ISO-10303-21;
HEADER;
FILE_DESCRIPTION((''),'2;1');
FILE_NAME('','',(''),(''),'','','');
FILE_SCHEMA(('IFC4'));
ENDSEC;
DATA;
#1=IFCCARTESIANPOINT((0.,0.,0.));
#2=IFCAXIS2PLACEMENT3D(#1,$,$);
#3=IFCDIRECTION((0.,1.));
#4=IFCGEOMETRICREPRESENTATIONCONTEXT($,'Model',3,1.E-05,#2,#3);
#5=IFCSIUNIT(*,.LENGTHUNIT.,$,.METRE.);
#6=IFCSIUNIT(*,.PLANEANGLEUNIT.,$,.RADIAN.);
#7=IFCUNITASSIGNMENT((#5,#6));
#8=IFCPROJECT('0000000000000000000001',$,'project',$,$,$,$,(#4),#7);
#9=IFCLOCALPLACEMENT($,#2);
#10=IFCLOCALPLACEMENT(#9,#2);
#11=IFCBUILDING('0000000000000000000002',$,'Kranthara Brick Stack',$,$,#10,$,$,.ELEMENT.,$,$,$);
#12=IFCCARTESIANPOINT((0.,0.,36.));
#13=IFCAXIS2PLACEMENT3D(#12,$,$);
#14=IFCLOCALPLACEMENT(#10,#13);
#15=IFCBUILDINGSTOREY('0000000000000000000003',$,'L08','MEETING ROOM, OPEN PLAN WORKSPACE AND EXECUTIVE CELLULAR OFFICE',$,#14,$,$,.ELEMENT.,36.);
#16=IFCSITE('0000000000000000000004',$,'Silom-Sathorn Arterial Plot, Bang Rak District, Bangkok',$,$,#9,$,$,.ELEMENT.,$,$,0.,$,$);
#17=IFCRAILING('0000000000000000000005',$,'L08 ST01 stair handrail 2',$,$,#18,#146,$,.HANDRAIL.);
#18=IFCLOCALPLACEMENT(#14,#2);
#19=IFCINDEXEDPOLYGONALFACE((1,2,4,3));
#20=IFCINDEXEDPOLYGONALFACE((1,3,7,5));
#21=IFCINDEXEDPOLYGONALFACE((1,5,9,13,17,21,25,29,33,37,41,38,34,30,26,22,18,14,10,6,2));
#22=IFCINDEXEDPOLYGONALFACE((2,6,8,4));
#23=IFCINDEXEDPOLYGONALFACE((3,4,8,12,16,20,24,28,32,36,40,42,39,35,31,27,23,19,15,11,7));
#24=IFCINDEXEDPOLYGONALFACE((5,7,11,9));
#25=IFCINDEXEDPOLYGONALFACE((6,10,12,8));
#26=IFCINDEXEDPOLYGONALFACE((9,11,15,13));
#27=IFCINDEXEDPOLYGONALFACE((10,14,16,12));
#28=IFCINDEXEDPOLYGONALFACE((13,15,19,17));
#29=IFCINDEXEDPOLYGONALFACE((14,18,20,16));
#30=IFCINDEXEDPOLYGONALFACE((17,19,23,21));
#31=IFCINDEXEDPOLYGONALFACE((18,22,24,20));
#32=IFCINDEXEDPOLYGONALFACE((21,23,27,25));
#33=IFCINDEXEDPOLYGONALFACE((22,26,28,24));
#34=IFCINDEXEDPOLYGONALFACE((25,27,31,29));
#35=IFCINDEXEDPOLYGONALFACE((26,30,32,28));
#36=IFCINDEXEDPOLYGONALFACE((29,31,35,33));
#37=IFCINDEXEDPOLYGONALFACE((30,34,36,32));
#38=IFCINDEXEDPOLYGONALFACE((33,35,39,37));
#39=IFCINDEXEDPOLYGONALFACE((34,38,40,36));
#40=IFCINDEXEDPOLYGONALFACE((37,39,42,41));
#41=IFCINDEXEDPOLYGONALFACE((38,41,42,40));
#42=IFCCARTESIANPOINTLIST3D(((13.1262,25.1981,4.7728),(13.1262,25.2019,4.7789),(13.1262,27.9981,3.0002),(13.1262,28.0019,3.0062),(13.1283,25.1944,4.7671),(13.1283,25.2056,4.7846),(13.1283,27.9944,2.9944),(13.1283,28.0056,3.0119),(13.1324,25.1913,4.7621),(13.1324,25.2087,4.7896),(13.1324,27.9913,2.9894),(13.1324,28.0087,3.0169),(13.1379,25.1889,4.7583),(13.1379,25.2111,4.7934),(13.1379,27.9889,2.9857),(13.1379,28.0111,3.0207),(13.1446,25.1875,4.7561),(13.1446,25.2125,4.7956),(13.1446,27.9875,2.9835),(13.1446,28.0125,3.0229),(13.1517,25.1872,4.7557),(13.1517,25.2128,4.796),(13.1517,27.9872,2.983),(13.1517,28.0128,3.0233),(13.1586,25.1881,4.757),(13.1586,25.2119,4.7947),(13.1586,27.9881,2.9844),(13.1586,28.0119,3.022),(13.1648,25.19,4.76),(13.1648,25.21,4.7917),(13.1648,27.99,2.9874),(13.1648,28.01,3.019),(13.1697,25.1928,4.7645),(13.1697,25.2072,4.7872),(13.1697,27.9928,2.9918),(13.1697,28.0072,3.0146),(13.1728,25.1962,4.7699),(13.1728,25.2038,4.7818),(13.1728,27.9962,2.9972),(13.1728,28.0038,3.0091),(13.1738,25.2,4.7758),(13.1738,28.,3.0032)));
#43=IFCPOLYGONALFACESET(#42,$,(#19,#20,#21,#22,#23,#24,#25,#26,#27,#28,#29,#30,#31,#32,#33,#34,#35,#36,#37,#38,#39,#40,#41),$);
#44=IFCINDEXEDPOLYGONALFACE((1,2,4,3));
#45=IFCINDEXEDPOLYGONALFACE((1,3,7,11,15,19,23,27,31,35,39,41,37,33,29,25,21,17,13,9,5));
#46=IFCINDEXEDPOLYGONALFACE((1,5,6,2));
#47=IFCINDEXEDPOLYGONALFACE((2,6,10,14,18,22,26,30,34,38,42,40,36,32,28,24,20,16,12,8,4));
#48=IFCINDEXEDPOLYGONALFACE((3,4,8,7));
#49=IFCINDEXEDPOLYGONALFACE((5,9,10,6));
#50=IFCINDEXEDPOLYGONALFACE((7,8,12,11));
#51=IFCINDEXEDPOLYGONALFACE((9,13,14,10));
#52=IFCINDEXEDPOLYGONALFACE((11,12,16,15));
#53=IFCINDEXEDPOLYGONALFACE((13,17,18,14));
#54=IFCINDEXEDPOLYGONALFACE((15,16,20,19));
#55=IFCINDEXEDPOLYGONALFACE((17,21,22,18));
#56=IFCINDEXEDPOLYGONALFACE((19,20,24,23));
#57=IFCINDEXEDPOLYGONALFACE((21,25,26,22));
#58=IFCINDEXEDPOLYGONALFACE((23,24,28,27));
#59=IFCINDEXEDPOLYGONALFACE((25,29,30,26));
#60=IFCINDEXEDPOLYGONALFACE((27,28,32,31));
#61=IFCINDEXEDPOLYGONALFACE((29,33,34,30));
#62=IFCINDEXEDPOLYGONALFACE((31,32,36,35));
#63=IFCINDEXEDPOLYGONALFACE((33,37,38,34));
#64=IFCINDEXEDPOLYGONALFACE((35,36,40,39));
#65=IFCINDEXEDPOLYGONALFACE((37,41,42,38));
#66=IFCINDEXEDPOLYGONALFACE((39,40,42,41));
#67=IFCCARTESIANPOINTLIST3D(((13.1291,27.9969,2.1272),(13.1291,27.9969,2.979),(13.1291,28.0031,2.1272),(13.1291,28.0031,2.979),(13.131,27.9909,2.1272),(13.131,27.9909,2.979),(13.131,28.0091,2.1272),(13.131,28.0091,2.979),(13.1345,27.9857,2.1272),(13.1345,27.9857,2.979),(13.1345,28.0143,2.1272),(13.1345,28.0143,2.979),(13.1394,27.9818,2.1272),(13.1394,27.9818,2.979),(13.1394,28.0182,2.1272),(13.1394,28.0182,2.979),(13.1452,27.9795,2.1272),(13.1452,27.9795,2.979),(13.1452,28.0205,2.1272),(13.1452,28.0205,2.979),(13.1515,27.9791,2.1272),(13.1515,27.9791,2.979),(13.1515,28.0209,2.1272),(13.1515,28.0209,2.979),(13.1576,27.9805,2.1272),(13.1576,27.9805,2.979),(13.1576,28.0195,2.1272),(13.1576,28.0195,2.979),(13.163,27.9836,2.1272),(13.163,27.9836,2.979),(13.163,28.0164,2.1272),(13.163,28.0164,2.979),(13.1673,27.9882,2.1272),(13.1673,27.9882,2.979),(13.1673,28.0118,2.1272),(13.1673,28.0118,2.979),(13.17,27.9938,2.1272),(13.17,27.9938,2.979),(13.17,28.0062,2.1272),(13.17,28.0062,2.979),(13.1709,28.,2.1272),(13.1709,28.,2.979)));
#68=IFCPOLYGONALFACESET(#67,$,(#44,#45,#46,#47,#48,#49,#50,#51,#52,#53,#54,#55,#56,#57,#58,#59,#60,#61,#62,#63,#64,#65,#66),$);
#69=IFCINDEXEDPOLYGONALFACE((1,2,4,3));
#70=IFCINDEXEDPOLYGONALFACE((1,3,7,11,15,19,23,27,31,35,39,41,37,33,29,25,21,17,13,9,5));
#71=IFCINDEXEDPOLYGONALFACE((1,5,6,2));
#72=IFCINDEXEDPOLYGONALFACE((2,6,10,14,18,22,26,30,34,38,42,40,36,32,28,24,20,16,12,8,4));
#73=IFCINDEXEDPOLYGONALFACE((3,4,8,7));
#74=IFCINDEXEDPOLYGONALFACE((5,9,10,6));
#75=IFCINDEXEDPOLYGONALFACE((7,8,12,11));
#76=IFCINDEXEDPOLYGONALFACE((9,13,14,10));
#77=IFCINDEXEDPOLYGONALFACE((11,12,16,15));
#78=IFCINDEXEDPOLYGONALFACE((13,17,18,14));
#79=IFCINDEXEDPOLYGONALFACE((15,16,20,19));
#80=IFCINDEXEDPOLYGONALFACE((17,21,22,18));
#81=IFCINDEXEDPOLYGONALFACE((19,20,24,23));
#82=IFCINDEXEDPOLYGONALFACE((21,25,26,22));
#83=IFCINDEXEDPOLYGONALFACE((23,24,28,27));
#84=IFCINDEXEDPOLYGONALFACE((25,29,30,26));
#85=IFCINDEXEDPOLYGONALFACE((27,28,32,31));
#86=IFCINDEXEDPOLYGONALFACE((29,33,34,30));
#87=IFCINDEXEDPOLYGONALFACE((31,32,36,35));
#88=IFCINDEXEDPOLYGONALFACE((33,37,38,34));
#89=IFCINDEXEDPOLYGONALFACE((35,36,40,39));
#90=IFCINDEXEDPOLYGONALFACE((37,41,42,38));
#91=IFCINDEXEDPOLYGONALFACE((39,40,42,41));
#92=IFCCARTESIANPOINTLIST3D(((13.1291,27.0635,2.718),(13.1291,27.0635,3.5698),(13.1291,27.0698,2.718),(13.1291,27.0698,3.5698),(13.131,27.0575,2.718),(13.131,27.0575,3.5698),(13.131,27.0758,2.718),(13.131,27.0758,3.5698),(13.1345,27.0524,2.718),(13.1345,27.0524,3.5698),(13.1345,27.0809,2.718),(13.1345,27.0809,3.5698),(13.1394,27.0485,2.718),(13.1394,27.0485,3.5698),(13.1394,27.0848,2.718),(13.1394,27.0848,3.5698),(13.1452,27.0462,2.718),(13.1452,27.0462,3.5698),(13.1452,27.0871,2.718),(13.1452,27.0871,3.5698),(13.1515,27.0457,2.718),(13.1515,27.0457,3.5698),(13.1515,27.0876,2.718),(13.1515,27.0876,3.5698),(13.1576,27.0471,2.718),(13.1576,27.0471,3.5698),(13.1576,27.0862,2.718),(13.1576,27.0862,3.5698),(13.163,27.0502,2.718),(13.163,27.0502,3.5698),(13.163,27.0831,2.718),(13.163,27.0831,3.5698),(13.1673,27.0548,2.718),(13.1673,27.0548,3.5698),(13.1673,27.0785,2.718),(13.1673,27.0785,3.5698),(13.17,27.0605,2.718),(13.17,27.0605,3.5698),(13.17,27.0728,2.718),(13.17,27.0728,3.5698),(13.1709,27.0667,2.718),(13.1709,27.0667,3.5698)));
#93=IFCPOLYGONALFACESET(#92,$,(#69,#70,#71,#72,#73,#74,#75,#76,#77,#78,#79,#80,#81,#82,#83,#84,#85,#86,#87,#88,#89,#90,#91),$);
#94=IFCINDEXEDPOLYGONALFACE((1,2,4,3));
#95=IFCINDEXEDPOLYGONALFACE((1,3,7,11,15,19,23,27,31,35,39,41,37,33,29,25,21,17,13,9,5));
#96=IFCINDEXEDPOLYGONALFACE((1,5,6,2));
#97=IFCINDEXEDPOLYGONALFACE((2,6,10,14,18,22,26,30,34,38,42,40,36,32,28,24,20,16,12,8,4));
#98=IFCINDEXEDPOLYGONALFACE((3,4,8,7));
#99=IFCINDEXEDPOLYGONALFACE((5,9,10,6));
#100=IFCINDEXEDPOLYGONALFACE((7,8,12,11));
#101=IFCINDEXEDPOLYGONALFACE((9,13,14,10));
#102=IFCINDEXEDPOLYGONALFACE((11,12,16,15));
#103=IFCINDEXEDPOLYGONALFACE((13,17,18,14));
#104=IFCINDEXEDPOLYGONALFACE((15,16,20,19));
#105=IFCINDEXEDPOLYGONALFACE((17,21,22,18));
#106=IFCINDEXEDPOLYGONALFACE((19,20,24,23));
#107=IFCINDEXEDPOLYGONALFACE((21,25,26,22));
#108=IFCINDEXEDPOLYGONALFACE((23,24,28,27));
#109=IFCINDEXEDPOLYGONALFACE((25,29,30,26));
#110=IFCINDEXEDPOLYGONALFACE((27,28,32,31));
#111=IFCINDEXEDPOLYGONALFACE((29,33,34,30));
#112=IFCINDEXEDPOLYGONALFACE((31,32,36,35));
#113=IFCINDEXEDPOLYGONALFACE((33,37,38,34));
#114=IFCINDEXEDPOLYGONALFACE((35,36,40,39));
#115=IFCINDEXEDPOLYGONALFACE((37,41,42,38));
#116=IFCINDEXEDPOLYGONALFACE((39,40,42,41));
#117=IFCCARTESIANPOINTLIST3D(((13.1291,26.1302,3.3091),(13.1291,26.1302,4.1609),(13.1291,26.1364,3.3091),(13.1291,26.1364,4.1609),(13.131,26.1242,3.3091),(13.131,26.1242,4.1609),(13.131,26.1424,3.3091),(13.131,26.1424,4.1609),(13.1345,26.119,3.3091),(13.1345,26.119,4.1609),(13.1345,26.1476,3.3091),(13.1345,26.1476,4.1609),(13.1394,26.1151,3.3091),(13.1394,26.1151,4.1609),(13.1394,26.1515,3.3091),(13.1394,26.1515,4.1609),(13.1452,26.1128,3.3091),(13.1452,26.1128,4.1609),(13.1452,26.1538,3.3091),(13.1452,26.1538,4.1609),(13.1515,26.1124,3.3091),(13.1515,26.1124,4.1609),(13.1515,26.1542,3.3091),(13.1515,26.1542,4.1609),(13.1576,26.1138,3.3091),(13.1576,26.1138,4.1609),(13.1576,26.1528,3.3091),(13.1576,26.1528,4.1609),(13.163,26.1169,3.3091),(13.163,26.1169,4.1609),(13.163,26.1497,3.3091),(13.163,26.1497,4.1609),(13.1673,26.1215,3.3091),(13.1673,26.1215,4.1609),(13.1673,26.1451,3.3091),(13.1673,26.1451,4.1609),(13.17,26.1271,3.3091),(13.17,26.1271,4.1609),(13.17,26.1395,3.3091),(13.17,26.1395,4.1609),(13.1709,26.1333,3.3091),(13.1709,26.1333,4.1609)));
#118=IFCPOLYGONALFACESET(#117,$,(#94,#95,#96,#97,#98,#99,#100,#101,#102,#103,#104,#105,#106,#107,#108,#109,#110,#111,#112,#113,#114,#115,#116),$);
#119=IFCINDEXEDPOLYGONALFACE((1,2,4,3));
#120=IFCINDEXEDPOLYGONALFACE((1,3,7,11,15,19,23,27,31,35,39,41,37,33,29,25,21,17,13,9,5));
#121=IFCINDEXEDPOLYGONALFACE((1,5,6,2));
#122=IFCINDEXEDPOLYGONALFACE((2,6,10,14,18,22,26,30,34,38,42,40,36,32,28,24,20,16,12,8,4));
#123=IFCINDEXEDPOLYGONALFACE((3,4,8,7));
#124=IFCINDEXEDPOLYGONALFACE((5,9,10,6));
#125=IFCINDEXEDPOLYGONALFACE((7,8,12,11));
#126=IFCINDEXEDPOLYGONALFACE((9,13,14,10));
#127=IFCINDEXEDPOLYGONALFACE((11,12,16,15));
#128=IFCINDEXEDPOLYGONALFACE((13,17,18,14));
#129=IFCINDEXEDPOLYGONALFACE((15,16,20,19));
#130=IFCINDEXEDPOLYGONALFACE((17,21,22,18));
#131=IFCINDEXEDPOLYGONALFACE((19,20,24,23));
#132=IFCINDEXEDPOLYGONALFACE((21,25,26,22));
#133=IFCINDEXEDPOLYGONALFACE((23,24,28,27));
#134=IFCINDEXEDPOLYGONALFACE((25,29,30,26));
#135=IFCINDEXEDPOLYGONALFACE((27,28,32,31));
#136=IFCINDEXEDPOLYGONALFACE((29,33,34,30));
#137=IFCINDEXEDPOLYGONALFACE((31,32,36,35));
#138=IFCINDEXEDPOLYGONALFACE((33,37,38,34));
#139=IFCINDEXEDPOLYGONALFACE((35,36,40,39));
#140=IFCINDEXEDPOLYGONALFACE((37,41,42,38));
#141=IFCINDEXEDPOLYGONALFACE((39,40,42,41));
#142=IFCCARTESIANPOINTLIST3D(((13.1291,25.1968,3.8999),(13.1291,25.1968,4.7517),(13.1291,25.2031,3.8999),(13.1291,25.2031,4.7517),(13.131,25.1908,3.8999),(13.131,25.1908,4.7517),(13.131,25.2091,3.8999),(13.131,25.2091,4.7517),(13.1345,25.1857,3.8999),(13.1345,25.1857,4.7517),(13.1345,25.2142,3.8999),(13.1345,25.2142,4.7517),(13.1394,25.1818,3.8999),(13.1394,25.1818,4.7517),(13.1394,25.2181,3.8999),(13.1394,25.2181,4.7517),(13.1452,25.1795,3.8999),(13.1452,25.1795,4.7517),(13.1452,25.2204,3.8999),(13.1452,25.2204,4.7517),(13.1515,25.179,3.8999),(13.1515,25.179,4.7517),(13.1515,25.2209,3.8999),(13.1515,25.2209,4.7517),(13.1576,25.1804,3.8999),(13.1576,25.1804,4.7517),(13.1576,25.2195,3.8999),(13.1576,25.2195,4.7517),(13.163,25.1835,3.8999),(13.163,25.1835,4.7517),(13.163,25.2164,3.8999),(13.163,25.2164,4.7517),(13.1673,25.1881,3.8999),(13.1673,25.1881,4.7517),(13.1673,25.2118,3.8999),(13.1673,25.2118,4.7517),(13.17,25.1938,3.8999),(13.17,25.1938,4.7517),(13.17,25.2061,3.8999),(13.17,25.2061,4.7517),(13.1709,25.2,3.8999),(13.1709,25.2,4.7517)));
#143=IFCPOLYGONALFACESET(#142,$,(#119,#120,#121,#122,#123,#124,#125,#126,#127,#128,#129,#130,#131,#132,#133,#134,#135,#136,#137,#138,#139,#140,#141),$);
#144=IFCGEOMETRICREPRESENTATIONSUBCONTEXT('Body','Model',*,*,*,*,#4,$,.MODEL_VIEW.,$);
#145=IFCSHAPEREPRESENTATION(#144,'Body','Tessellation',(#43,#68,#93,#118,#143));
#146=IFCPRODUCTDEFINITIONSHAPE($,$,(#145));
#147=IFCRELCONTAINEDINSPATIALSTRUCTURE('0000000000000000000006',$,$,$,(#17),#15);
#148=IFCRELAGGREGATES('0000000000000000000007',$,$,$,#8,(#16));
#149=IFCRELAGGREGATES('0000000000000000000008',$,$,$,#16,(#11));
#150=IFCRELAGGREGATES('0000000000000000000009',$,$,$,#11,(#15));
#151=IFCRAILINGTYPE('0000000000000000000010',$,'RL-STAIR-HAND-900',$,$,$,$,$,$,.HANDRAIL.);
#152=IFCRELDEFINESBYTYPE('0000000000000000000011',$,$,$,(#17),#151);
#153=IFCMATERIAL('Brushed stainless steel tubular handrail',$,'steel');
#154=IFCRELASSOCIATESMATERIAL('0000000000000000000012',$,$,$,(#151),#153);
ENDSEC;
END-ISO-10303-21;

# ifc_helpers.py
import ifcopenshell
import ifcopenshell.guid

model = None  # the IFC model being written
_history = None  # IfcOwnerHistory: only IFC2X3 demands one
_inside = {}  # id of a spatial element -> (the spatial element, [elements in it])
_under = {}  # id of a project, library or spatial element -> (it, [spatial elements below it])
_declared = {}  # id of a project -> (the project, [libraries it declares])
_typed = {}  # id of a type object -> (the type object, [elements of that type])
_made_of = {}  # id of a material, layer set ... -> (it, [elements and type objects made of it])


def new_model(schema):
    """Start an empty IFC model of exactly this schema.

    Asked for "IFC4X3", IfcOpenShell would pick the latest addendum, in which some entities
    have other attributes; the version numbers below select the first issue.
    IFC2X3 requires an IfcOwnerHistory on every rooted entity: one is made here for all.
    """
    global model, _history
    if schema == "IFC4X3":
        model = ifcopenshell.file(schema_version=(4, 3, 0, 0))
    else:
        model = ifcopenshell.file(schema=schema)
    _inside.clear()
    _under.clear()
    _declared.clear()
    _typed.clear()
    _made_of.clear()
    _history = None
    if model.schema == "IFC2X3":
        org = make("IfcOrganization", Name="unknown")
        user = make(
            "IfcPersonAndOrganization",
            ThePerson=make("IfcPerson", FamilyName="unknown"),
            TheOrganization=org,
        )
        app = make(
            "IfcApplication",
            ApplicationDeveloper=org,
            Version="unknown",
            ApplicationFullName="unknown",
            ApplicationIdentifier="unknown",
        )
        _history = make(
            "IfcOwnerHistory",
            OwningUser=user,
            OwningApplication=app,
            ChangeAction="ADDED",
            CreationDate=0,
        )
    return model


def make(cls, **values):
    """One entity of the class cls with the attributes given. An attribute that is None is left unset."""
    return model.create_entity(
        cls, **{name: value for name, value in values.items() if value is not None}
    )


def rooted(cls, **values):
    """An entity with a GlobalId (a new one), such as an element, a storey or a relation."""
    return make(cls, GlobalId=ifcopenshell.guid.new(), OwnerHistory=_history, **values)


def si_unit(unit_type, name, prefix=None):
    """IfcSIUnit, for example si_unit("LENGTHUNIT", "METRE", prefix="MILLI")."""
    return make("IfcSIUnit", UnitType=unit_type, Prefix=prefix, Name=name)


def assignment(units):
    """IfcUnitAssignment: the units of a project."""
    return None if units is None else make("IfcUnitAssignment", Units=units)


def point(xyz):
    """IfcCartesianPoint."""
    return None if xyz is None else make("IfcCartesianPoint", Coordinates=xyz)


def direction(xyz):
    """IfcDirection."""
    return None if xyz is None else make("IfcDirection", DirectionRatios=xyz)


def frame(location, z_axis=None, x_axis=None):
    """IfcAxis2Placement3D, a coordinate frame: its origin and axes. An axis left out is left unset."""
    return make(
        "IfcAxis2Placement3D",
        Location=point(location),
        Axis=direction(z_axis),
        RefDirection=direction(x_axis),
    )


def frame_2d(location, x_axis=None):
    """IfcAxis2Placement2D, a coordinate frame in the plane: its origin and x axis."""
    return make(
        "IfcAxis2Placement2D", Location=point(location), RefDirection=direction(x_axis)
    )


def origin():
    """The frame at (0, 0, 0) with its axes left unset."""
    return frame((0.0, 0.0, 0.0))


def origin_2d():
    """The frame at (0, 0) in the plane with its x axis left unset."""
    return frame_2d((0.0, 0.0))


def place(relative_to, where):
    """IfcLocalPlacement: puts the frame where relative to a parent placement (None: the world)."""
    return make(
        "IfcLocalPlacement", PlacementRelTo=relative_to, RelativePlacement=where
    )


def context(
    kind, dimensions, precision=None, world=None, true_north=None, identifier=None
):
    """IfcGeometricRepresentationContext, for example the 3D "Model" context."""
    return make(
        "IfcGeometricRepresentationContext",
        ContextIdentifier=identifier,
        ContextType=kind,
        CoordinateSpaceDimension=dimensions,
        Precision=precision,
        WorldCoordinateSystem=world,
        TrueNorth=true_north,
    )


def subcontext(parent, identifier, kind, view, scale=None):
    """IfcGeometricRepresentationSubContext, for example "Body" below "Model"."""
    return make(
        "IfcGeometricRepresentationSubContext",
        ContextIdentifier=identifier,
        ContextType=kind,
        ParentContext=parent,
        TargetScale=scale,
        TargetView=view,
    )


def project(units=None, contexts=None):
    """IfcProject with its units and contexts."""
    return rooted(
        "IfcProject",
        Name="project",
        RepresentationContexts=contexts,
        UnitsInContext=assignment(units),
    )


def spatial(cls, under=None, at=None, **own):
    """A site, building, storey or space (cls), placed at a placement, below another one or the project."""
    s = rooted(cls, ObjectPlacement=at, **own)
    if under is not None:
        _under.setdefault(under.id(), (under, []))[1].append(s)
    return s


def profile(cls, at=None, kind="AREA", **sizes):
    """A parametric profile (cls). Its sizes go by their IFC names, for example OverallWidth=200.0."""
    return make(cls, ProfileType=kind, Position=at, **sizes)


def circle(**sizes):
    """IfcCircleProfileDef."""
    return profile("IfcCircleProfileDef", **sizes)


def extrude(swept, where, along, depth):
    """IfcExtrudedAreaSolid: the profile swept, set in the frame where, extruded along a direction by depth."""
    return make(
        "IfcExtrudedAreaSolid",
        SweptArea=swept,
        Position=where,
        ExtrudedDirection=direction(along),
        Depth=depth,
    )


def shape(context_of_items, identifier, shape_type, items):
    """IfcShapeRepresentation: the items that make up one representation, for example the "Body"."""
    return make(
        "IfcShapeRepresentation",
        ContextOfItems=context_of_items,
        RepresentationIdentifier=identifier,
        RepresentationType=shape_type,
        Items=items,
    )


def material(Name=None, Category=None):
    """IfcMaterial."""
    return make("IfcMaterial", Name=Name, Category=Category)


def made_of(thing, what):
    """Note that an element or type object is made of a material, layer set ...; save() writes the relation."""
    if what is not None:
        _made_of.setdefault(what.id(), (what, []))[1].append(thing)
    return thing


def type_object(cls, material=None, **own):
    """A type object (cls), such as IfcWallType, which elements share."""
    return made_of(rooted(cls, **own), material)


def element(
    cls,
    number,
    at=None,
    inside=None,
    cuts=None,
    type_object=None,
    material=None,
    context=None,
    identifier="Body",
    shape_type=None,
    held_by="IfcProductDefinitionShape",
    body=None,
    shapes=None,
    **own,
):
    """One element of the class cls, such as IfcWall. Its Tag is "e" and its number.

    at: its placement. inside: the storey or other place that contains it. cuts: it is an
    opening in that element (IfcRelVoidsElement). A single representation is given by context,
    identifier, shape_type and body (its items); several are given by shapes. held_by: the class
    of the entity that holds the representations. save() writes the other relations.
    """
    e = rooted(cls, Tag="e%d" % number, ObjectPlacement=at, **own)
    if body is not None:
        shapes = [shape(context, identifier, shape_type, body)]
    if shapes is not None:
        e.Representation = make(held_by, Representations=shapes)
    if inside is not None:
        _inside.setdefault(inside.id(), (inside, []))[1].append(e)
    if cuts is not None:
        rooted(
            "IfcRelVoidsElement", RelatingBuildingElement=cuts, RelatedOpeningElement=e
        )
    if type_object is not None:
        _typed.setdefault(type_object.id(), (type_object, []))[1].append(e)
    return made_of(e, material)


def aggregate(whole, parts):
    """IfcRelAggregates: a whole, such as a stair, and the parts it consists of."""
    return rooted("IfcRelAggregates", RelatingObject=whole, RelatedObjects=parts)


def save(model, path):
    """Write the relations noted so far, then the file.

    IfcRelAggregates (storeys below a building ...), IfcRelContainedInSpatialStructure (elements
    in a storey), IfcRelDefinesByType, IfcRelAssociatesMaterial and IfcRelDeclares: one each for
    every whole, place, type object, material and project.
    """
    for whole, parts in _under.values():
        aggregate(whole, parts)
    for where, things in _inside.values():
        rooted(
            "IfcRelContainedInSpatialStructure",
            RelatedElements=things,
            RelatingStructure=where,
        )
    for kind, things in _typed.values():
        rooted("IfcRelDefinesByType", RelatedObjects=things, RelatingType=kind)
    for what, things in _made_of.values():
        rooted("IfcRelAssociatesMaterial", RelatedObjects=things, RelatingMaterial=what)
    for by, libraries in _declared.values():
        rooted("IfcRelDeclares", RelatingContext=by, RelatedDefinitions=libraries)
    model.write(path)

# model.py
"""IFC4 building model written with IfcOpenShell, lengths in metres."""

from ifc_helpers import new_model, si_unit, direction, frame, origin, origin_2d, place, context, subcontext, project, spatial, circle, extrude, material, type_object, element, save


model = new_model("IFC4")

# Units and contexts
model_context = context("Model", 3, precision=1e-05, world=origin(), true_north=direction((0.0, 1.0)))
body_context = subcontext(model_context, "Body", "Model", "MODEL_VIEW")
ifc_project = project(units=[si_unit("LENGTHUNIT", "METRE"), si_unit("PLANEANGLEUNIT", "RADIAN")], contexts=[model_context])

# Site, building, storey
site_placement = place(None, origin())
site = spatial("IfcSite", under=ifc_project, at=site_placement, Name="Silom-Sathorn Arterial Plot, Bang Rak District, Bangkok", CompositionType="ELEMENT", RefElevation=0.0)
building_placement = place(site_placement, origin())
building = spatial("IfcBuilding", under=site, at=building_placement, Name="Kranthara Brick Stack", CompositionType="ELEMENT")
storey_placement = place(building_placement, frame((0.0, 0.0, 36.0)))
storey = spatial("IfcBuildingStorey", under=building, at=storey_placement, Name="L08", Description="MEETING ROOM, OPEN PLAN WORKSPACE AND EXECUTIVE CELLULAR OFFICE", CompositionType="ELEMENT", Elevation=36.0)

# Railing
ifc_material_1 = material(Name="Brushed stainless steel tubular handrail", Category="steel")
railing_type_1 = type_object("IfcRailingType", Name="RL-STAIR-HAND-900", PredefinedType="HANDRAIL", material=ifc_material_1)
railing_1_placement = place(storey_placement, frame((13.1499, 28.0, 2.1272)))
element("IfcRailing", 1, at=railing_1_placement, inside=storey, type_object=railing_type_1, Name="L08 ST01 stair handrail 2", PredefinedType="HANDRAIL", context=body_context, shape_type="SweptSolid", body=[
    extrude(circle(Radius=0.0239, at=origin_2d()), frame((0.0, 0.0, 0.876), z_axis=(0.0, -0.844909, 0.53491), x_axis=(1.0, 0.0, 0.0)), (0.0, 0.0, 1.0), 3.314),
    extrude(circle(Radius=0.021, at=origin_2d()), origin(), (0.0, 0.0, 1.0), 0.8518),
    extrude(circle(Radius=0.021, at=origin_2d()), frame((0.0, -0.9333, 0.5908)), (0.0, 0.0, 1.0), 0.8518),
    extrude(circle(Radius=0.021, at=origin_2d()), frame((0.0, -1.8667, 1.1819)), (0.0, 0.0, 1.0), 0.8518),
    extrude(circle(Radius=0.021, at=origin_2d()), frame((0.0, -2.8, 1.7727)), (0.0, 0.0, 1.0), 0.8518),
])

save(model, "model.ifc")
